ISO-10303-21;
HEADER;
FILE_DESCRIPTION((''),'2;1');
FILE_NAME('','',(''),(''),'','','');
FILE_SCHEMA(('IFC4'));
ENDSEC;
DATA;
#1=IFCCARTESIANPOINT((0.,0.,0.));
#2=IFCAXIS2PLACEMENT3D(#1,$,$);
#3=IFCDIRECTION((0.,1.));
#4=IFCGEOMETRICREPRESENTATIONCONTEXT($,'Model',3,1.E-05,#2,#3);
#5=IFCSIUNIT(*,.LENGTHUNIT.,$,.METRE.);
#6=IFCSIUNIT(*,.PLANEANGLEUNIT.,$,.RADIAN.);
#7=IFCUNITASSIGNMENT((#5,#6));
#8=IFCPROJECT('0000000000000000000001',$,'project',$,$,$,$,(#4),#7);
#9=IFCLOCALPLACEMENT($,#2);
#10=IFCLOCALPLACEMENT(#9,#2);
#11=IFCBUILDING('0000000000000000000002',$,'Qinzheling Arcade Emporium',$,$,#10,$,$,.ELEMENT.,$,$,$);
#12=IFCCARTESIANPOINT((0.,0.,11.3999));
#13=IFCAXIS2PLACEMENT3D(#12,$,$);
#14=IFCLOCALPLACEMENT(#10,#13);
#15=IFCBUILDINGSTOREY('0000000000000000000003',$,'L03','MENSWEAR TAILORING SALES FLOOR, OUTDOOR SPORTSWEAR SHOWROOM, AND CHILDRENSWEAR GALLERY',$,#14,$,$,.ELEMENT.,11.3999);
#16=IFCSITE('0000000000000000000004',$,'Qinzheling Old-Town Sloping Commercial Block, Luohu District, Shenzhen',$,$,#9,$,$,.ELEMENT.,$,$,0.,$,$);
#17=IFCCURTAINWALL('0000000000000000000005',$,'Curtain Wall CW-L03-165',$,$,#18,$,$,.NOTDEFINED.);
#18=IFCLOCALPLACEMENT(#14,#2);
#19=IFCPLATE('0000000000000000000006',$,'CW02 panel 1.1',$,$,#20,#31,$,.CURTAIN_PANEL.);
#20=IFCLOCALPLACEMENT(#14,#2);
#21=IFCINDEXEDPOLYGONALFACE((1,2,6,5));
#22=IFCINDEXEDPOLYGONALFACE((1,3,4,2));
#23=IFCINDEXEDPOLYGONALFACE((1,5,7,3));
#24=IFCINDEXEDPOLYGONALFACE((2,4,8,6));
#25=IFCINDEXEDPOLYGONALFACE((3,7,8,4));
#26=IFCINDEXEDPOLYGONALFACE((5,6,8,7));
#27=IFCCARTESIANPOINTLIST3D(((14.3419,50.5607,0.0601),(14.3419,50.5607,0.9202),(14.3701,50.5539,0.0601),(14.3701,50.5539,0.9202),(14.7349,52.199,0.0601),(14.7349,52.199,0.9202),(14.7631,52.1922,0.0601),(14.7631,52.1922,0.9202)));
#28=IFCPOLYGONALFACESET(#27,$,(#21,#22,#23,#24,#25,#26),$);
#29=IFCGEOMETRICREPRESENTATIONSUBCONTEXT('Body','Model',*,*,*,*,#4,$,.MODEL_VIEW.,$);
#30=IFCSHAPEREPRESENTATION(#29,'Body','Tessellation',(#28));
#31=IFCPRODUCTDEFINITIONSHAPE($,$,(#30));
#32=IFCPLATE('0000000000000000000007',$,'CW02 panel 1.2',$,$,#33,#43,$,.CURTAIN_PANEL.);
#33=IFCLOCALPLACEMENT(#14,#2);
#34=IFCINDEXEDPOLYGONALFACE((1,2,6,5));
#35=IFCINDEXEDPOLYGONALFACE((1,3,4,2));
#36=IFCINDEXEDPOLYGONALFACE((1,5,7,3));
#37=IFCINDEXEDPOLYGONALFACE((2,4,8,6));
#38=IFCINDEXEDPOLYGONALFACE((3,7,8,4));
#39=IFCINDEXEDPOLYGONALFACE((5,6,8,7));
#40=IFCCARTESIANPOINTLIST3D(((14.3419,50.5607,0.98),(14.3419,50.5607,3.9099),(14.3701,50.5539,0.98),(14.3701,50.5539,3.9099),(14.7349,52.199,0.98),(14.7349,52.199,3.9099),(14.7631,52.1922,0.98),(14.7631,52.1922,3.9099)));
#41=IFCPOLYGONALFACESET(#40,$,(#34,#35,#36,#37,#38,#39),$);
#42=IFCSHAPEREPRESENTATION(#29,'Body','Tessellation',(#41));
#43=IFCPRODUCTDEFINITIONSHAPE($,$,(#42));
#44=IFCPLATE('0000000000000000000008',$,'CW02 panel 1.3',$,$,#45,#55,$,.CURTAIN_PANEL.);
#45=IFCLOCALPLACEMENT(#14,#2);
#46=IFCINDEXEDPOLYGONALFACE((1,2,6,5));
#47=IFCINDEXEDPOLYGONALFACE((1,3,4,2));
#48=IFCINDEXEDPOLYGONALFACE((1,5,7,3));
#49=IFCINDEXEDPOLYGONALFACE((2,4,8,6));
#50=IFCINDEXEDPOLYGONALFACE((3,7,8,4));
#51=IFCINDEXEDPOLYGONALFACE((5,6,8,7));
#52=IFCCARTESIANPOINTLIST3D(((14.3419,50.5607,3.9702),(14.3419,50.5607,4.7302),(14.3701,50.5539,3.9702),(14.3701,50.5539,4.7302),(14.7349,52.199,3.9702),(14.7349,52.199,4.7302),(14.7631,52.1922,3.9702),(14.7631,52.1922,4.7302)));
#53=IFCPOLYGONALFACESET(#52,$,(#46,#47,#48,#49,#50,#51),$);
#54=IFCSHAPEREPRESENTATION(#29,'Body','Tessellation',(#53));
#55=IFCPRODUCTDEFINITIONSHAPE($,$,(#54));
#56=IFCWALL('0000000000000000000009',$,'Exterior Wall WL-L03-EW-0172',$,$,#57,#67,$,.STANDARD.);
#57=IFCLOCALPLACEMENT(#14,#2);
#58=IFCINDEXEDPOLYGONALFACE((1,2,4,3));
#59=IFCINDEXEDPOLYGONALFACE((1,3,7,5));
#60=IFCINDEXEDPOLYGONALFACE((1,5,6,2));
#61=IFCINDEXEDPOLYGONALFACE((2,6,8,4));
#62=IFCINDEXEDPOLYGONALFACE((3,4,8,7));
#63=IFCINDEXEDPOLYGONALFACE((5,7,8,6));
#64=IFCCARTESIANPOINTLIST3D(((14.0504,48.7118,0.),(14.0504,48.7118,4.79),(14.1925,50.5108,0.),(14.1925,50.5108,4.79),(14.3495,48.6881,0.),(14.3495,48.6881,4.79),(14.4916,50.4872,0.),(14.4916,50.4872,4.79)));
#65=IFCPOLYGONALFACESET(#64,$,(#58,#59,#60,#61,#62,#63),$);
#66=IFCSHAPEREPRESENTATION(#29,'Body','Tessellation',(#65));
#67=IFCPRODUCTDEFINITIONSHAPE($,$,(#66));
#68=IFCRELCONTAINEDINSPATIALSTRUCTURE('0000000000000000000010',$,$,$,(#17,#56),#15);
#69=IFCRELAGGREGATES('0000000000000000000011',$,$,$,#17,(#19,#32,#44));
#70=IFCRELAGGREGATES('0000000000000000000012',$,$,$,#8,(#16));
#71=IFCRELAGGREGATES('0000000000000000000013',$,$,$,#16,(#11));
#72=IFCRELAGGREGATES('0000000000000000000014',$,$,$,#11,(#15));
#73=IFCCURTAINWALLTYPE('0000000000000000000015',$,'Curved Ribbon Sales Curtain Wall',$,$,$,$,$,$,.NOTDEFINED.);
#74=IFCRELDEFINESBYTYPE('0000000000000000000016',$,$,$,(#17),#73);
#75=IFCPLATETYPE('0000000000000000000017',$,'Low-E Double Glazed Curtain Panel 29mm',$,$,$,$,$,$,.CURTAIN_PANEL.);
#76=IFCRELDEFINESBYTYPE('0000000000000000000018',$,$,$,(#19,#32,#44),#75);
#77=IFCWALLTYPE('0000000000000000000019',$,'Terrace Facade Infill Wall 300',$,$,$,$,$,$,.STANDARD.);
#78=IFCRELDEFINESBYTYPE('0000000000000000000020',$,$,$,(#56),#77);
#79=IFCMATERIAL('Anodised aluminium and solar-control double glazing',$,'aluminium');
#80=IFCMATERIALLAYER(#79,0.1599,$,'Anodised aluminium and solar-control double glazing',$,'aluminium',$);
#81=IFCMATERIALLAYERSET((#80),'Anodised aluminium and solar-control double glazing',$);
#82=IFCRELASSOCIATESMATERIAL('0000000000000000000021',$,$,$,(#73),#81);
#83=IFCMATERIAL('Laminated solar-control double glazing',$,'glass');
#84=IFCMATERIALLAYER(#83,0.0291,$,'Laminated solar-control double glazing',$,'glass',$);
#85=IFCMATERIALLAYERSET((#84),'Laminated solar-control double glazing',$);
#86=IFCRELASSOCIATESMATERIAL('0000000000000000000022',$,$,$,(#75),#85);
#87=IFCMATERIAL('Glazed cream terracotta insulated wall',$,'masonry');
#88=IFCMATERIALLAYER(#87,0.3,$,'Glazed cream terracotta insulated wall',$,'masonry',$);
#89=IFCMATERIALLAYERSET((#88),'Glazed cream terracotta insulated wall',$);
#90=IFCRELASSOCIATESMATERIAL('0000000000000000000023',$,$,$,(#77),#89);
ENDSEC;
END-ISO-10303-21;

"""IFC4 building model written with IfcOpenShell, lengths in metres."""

from ifc_helpers import new_model, si_unit, direction, frame, frame_2d, origin, origin_2d, place, context, subcontext, project, spatial, rectangle, extrude, material, layer, layer_set, type_object, element, aggregate, save


model = new_model("IFC4")

# Units and contexts
model_context = context("Model", 3, precision=1e-05, world=origin(), true_north=direction((0.0, 1.0)))
body_context = subcontext(model_context, "Body", "Model", "MODEL_VIEW")
ifc_project = project(units=[si_unit("LENGTHUNIT", "METRE"), si_unit("PLANEANGLEUNIT", "RADIAN")], contexts=[model_context])

# Site, building, storey
site_placement = place(None, origin())
site = spatial("IfcSite", under=ifc_project, at=site_placement, Name="Qinzheling Old-Town Sloping Commercial Block, Luohu District, Shenzhen", CompositionType="ELEMENT", RefElevation=0.0)
building_placement = place(site_placement, origin())
building = spatial("IfcBuilding", under=site, at=building_placement, Name="Qinzheling Arcade Emporium", CompositionType="ELEMENT")
storey_placement = place(building_placement, frame((0.0, 0.0, 11.3999)))
storey = spatial("IfcBuildingStorey", under=building, at=storey_placement, Name="L03", Description="MENSWEAR TAILORING SALES FLOOR, OUTDOOR SPORTSWEAR SHOWROOM, AND CHILDRENSWEAR GALLERY", CompositionType="ELEMENT", Elevation=11.3999)

# Curtain wall
ifc_material_1 = material(Name="Anodised aluminium and solar-control double glazing", Category="aluminium")
ifc_layer_1 = layer(ifc_material_1, 0.1599, Name="Anodised aluminium and solar-control double glazing", Category="aluminium")
ifc_layer_set_1 = layer_set([ifc_layer_1], Name="Anodised aluminium and solar-control double glazing")
curtain_wall_type = type_object("IfcCurtainWallType", Name="Curved Ribbon Sales Curtain Wall", PredefinedType="NOTDEFINED", material=ifc_layer_set_1)
curtain_wall_1_placement = place(storey_placement, origin())
curtain_wall_1 = element("IfcCurtainWall", 1, at=curtain_wall_1_placement, inside=storey, type_object=curtain_wall_type, Name="Curtain Wall CW-L03-165", PredefinedType="NOTDEFINED")

# Plates
ifc_material_2 = material(Name="Laminated solar-control double glazing", Category="glass")
ifc_layer_2 = layer(ifc_material_2, 0.0291, Name="Laminated solar-control double glazing", Category="glass")
ifc_layer_set_2 = layer_set([ifc_layer_2], Name="Laminated solar-control double glazing")
plate_type = type_object("IfcPlateType", Name="Low-E Double Glazed Curtain Panel 29mm", PredefinedType="CURTAIN_PANEL", material=ifc_layer_set_2)
plate_1_placement = place(storey_placement, frame((14.5525, 51.3765, 0.0601), z_axis=(0.0, 0.0, 1.0), x_axis=(0.233268, 0.972412, 0.0)))
plate_1 = element("IfcPlate", 2, at=plate_1_placement, type_object=plate_type, Name="CW02 panel 1.1", PredefinedType="CURTAIN_PANEL", context=body_context, shape_type="SweptSolid", body=[
    extrude(rectangle(XDim=1.6848, YDim=0.0291, at=origin_2d()), origin(), (0.0, 0.0, 1.0), 0.8601),
])
plate_2_placement = place(storey_placement, frame((14.5525, 51.3765, 0.98), z_axis=(0.0, 0.0, 1.0), x_axis=(0.233268, 0.972412, 0.0)))
plate_2 = element("IfcPlate", 3, at=plate_2_placement, type_object=plate_type, Name="CW02 panel 1.2", PredefinedType="CURTAIN_PANEL", context=body_context, shape_type="SweptSolid", body=[
    extrude(rectangle(XDim=1.6848, YDim=0.0291, at=origin_2d()), origin(), (0.0, 0.0, 1.0), 2.9299),
])
plate_3_placement = place(storey_placement, frame((14.5525, 51.3765, 3.9702), z_axis=(0.0, 0.0, 1.0), x_axis=(0.233268, 0.972412, 0.0)))
plate_3 = element("IfcPlate", 4, at=plate_3_placement, type_object=plate_type, Name="CW02 panel 1.3", PredefinedType="CURTAIN_PANEL", context=body_context, shape_type="SweptSolid", body=[
    extrude(rectangle(XDim=1.6848, YDim=0.0291, at=origin_2d()), origin(), (0.0, 0.0, 1.0), 0.76),
])
aggregate(curtain_wall_1, [plate_1, plate_2, plate_3])

# Wall
ifc_material_3 = material(Name="Glazed cream terracotta insulated wall", Category="masonry")
ifc_layer_3 = layer(ifc_material_3, 0.3, Name="Glazed cream terracotta insulated wall", Category="masonry")
ifc_layer_set_3 = layer_set([ifc_layer_3], Name="Glazed cream terracotta insulated wall")
wall_type = type_object("IfcWallType", Name="Terrace Facade Infill Wall 300", PredefinedType="STANDARD", material=ifc_layer_set_3)
wall_placement = place(storey_placement, frame((14.2, 48.7, 0.0), z_axis=(0.0, 0.0, 1.0), x_axis=(0.078734, 0.996896, 0.0)))
element("IfcWall", 5, at=wall_placement, inside=storey, type_object=wall_type, Name="Exterior Wall WL-L03-EW-0172", PredefinedType="STANDARD", context=body_context, shape_type="SweptSolid", body=[
    extrude(rectangle(XDim=1.8047, YDim=0.3, at=frame_2d((0.9023, 0.0))), origin(), (0.0, 0.0, 1.0), 4.79),
])

save(model, "model.ifc")
